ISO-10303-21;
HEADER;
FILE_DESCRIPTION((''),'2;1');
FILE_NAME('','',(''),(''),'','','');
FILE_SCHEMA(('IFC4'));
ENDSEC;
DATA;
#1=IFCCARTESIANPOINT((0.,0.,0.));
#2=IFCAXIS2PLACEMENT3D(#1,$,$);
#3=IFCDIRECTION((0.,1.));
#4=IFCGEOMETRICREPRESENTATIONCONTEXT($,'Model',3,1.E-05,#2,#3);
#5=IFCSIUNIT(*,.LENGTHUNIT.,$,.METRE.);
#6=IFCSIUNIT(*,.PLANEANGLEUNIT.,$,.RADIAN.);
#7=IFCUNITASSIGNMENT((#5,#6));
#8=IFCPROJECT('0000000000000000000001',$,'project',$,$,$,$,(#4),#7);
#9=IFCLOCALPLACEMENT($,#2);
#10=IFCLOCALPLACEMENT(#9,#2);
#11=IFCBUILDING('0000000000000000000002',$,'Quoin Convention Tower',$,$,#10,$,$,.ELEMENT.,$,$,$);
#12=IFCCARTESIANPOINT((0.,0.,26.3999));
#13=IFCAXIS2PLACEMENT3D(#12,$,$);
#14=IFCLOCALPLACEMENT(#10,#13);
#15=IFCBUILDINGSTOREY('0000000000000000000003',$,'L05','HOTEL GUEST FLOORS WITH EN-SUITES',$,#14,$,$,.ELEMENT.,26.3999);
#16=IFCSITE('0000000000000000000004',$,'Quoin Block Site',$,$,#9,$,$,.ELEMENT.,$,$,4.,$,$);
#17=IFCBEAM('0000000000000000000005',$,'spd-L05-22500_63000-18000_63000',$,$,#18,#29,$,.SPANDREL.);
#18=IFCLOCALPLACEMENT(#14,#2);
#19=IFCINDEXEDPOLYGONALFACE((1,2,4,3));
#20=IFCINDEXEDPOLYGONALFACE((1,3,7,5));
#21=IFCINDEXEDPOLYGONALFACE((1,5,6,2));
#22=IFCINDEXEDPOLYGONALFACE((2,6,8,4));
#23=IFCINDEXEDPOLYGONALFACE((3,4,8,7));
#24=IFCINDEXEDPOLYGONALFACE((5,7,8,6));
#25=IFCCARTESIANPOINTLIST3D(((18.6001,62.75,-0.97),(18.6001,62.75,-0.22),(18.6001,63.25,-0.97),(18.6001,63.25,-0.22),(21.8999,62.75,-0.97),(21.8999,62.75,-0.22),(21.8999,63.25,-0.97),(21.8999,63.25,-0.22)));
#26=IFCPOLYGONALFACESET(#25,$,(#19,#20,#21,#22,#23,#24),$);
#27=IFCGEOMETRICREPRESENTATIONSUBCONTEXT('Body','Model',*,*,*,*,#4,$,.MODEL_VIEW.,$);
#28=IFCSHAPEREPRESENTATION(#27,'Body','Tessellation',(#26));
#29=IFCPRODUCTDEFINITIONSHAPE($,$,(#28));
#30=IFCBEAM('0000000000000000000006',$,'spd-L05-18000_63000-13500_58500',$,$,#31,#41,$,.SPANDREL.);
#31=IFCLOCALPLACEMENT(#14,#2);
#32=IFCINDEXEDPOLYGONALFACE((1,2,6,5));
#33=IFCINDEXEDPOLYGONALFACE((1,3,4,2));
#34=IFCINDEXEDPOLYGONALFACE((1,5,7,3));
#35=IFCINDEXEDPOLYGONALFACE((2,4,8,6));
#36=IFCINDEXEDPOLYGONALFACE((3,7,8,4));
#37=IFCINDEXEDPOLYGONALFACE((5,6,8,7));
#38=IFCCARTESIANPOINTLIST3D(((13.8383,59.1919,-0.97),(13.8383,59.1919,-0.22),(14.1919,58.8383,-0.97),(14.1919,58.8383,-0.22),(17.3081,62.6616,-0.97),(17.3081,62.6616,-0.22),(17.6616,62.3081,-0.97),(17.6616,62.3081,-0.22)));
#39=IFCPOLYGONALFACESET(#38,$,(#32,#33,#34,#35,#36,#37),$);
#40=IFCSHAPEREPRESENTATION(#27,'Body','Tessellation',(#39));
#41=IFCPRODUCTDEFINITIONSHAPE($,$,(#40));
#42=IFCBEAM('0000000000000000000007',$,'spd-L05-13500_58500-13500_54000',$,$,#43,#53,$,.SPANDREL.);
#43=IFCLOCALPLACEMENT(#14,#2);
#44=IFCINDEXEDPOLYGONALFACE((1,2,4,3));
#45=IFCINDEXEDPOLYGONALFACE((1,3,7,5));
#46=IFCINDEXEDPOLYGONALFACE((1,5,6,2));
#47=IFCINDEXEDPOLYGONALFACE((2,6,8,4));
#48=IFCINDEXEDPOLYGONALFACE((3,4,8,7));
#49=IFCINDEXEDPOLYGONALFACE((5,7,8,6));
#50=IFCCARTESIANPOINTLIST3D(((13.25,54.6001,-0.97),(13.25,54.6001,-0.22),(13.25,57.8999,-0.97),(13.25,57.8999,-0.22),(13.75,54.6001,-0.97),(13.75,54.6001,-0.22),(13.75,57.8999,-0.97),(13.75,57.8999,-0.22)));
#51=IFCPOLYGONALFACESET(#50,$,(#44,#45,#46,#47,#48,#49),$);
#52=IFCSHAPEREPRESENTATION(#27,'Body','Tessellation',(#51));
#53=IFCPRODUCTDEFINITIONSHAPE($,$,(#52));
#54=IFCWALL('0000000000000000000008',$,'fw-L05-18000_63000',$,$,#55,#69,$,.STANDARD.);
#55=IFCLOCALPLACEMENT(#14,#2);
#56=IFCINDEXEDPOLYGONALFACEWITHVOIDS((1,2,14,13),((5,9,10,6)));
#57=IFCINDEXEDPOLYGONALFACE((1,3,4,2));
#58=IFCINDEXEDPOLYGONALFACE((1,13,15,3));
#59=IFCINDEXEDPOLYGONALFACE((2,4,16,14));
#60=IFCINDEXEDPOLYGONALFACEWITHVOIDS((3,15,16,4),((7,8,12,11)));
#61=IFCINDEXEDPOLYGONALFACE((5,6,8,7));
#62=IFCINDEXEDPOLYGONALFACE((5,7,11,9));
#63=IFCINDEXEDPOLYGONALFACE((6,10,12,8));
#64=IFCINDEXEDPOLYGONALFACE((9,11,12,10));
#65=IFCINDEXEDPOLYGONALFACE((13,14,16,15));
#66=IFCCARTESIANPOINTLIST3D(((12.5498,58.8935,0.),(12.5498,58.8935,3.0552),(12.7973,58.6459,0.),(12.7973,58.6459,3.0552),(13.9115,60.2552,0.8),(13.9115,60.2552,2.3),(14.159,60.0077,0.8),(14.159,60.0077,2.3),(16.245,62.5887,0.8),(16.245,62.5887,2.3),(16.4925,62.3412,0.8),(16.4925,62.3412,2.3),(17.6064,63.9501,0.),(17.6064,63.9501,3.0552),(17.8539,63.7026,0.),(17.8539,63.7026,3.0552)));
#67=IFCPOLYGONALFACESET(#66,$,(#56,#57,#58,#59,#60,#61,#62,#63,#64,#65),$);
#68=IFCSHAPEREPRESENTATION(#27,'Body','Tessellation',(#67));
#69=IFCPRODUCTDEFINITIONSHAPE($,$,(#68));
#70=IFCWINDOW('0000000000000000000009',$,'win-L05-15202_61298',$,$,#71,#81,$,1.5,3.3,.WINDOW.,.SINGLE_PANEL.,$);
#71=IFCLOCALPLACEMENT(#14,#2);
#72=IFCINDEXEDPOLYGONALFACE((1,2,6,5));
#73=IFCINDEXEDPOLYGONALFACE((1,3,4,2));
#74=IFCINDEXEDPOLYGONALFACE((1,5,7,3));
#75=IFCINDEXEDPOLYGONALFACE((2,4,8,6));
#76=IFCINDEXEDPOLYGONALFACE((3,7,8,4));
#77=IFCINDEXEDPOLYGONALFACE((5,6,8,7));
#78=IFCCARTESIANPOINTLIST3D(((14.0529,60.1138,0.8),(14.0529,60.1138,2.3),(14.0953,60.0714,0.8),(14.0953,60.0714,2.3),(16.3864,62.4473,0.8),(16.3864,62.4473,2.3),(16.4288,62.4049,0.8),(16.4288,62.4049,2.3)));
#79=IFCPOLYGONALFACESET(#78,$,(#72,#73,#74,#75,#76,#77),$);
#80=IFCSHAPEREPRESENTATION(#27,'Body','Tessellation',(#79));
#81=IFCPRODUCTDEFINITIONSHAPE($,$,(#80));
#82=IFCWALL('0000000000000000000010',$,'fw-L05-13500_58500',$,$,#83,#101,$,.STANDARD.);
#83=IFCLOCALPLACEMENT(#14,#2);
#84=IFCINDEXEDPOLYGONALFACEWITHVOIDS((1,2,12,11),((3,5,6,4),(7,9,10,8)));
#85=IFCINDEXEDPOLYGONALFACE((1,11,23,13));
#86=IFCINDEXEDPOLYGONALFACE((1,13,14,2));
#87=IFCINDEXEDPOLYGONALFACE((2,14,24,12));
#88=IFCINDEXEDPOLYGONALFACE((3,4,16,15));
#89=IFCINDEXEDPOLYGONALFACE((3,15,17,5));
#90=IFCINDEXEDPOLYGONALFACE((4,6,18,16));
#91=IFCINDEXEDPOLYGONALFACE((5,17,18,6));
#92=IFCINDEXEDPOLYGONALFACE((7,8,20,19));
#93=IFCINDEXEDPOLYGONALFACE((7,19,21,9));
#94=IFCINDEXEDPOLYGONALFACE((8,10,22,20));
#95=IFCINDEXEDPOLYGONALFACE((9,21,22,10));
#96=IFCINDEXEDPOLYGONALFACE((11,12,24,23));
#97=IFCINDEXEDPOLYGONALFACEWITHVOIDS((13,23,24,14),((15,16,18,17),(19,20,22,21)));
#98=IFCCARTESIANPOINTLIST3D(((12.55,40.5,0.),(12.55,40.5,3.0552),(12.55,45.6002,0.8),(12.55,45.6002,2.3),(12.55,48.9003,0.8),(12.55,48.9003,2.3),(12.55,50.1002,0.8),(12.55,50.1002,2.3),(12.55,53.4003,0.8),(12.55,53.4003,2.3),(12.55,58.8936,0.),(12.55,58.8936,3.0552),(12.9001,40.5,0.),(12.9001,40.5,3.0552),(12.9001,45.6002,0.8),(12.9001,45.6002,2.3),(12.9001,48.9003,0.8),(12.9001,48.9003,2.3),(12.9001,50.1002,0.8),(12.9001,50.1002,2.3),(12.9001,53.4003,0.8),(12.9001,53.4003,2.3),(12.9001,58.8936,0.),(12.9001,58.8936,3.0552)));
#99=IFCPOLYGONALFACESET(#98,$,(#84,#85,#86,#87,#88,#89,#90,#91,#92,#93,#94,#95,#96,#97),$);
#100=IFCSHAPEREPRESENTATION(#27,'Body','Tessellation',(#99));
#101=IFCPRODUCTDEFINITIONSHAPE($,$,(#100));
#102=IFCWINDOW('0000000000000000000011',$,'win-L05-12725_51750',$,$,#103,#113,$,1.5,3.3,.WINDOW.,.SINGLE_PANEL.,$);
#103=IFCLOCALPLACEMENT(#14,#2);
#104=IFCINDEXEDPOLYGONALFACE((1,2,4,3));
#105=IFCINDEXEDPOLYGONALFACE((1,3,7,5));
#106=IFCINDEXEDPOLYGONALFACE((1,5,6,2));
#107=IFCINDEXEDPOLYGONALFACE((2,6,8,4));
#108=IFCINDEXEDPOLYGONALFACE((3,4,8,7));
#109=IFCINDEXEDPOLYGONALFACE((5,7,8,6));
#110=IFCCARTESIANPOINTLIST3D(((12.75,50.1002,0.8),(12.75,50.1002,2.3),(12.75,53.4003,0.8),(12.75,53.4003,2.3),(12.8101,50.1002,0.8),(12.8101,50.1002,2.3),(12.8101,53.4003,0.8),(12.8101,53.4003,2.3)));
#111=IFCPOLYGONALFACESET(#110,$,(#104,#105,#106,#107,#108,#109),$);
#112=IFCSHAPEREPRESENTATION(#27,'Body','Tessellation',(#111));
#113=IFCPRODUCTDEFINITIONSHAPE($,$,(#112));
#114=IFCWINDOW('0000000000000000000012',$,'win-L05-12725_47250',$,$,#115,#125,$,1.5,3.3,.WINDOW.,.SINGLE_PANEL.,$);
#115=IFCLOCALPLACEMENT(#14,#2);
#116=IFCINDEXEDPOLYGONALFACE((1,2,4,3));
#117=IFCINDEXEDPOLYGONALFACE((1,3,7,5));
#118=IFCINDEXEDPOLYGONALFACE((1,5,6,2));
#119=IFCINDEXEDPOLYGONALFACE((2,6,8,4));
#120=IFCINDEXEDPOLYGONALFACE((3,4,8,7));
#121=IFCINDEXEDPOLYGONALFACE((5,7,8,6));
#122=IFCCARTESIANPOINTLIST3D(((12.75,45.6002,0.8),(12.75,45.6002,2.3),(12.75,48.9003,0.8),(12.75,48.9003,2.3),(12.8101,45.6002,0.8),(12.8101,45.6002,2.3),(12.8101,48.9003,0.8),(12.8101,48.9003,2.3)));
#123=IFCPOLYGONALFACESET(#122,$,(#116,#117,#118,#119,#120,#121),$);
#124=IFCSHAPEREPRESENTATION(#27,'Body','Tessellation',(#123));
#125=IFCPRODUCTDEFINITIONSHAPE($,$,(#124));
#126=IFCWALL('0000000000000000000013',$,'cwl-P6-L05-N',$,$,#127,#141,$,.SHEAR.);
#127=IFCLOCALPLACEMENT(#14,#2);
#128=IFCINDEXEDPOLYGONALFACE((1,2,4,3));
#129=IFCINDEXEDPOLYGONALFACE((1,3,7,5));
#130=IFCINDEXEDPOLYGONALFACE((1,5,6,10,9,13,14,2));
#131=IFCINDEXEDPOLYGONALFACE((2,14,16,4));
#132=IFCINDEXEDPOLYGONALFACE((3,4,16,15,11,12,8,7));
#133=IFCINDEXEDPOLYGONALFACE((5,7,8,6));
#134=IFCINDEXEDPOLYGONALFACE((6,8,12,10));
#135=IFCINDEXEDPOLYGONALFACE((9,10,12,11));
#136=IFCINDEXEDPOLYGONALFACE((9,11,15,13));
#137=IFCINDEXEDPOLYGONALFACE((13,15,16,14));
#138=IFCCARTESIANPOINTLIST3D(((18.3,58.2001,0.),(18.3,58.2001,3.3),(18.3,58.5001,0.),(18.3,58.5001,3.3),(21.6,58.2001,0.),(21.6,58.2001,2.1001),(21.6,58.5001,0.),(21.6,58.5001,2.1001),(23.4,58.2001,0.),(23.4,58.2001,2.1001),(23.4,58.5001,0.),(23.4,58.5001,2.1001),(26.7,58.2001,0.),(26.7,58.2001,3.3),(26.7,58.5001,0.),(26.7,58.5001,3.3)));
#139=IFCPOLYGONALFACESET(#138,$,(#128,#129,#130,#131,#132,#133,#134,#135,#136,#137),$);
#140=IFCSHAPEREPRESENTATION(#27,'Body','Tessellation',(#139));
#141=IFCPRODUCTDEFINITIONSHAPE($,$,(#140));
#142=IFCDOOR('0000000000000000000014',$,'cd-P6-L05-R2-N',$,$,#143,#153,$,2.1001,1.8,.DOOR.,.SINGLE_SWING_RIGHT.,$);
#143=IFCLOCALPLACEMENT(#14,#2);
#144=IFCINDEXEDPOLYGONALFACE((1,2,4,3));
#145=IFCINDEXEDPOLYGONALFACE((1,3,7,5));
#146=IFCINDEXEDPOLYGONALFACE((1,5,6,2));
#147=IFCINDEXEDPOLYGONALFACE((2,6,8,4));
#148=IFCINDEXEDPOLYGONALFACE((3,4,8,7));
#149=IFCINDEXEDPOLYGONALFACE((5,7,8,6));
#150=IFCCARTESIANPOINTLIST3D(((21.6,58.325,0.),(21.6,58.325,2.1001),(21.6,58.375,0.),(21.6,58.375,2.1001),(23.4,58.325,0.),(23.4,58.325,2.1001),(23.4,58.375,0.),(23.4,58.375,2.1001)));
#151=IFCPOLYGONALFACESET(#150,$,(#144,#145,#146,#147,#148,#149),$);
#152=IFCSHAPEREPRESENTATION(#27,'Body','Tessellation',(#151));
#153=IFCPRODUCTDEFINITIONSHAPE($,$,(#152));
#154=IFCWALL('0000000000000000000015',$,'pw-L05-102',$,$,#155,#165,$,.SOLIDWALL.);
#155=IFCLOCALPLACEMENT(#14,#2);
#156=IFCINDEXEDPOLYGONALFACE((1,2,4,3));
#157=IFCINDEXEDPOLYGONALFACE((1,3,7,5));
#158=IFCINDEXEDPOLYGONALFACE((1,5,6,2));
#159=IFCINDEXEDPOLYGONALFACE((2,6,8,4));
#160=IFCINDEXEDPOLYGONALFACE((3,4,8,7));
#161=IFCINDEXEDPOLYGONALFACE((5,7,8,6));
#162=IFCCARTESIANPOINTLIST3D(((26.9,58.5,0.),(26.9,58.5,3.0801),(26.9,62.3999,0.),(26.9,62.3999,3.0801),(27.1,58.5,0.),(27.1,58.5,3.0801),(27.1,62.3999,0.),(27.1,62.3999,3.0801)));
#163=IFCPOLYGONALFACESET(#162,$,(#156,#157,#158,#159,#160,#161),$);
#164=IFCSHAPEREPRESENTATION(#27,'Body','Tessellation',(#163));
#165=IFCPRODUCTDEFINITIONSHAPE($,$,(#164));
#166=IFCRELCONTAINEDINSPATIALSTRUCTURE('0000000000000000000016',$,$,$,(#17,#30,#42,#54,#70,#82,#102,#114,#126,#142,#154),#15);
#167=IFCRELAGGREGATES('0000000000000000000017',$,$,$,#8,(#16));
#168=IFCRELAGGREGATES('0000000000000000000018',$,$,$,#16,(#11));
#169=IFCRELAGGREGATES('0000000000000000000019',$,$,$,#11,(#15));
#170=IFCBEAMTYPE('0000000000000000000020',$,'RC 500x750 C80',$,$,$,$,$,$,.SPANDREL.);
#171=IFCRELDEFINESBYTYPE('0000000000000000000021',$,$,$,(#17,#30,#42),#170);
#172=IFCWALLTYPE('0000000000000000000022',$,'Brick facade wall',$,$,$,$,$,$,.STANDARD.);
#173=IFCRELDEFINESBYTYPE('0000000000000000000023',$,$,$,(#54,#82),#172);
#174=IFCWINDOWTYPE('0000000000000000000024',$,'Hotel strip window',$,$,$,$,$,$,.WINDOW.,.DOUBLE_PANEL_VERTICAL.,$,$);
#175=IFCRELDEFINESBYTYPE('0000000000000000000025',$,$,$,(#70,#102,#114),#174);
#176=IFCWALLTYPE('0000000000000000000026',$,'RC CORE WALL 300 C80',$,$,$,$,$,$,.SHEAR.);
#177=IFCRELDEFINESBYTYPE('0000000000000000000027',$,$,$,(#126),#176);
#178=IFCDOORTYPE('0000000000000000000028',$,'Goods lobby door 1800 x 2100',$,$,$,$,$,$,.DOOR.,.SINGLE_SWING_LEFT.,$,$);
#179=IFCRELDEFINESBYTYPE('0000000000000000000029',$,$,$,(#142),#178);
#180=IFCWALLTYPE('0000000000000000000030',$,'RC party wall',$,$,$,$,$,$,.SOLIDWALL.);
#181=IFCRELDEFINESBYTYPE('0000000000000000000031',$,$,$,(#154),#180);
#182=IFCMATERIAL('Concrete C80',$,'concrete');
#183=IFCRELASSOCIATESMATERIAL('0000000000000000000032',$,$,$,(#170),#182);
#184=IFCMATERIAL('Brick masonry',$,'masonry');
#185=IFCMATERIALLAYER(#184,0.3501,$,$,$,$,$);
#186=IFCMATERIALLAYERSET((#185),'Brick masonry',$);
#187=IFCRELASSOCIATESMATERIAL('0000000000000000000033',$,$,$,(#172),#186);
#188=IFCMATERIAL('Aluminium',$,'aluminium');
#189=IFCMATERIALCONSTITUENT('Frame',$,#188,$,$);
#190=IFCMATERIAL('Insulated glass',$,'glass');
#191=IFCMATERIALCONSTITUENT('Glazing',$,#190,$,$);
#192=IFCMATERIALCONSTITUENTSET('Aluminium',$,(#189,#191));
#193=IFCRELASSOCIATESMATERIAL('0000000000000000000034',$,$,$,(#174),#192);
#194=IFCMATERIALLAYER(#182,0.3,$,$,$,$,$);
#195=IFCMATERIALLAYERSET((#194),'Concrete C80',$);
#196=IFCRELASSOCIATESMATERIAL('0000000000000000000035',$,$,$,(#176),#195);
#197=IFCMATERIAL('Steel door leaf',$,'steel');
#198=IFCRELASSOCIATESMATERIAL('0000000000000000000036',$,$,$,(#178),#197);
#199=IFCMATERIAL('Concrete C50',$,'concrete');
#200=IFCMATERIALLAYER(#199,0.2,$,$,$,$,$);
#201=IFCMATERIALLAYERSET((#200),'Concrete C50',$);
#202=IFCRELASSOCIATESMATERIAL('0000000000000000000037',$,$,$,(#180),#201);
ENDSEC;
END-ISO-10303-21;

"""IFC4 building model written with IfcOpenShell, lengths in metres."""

from ifc_helpers import new_model, si_unit, direction, frame, frame_2d, origin, origin_2d, place, context, subcontext, project, spatial, rectangle, extrude, material, layer, layer_set, constituent, constituent_set, material_profile, profile_set, type_object, element, fill, save


model = new_model("IFC4")

# Units and contexts
model_context = context("Model", 3, precision=1e-05, world=origin(), true_north=direction((0.0, 1.0)))
body_context = subcontext(model_context, "Body", "Model", "MODEL_VIEW")
ifc_project = project(units=[si_unit("LENGTHUNIT", "METRE"), si_unit("PLANEANGLEUNIT", "RADIAN")], contexts=[model_context])

# Site, building, storey
site_placement = place(None, origin())
site = spatial("IfcSite", under=ifc_project, at=site_placement, Name="Quoin Block Site", CompositionType="ELEMENT", RefElevation=4.0)
building_placement = place(site_placement, origin())
building = spatial("IfcBuilding", under=site, at=building_placement, Name="Quoin Convention Tower", CompositionType="ELEMENT")
storey_placement = place(building_placement, frame((0.0, 0.0, 26.3999)))
storey = spatial("IfcBuildingStorey", under=building, at=storey_placement, Name="L05", Description="HOTEL GUEST FLOORS WITH EN-SUITES", CompositionType="ELEMENT", Elevation=26.3999)

# Shared definitions
ifc_material_1 = material(Name="Concrete C80", Category="concrete")

# Beams
ifc_material_profile_1 = material_profile(ifc_material_1, rectangle(XDim=0.5, YDim=0.75, at=origin_2d()), Name="RC 500x750")
ifc_profile_set_1 = profile_set([ifc_material_profile_1], Name="Concrete C80")
beam_type = type_object("IfcBeamType", Name="RC 500x750 C80", PredefinedType="SPANDREL", material=ifc_profile_set_1)
for number, where, z_axis, x_axis, name in (
    (1, (21.8999, 63.0, -0.595), (-1.0, 0.0, 0.0), (0.0, -1.0, 0.0), "spd-L05-22500_63000-18000_63000"),
):
    element("IfcBeam", number, at=place(storey_placement, frame(where, z_axis=z_axis, x_axis=x_axis)), inside=storey, type_object=beam_type, Name=name, PredefinedType="SPANDREL", context=body_context, shape_type="SweptSolid", body=[
        extrude(rectangle(XDim=0.5, YDim=0.75, at=origin_2d()), origin(), (0.0, 0.0, 1.0), 3.2998),
    ])
beam_1_placement = place(storey_placement, frame((17.4849, 62.4849, -0.595), z_axis=(-0.707107, -0.707107, 0.0), x_axis=(0.707107, -0.707107, 0.0)))
element("IfcBeam", 2, at=beam_1_placement, inside=storey, type_object=beam_type, Name="spd-L05-18000_63000-13500_58500", PredefinedType="SPANDREL", context=body_context, shape_type="SweptSolid", body=[
    extrude(rectangle(XDim=0.5, YDim=0.75, at=origin_2d()), origin(), (0.0, 0.0, 1.0), 4.907),
])
beam_2_placement = place(storey_placement, frame((13.5, 57.8999, -0.595), z_axis=(0.0, -1.0, 0.0), x_axis=(1.0, 0.0, 0.0)))
element("IfcBeam", 3, at=beam_2_placement, inside=storey, type_object=beam_type, Name="spd-L05-13500_58500-13500_54000", PredefinedType="SPANDREL", context=body_context, shape_type="SweptSolid", body=[
    extrude(rectangle(XDim=0.5, YDim=0.75, at=origin_2d()), origin(), (0.0, 0.0, 1.0), 3.2998),
])

# Wall, opening, window
ifc_material_2 = material(Name="Brick masonry", Category="masonry")
ifc_layer_1 = layer(ifc_material_2, 0.3501)
ifc_layer_set_1 = layer_set([ifc_layer_1], Name="Brick masonry")
wall_type_1 = type_object("IfcWallType", Name="Brick facade wall", PredefinedType="STANDARD", material=ifc_layer_set_1)
wall_1_placement = place(storey_placement, frame((17.7302, 63.8264, 0.0), z_axis=(0.0, 0.0, 1.0), x_axis=(-0.707107, -0.707107, 0.0)))
wall_1 = element("IfcWall", 4, at=wall_1_placement, inside=storey, type_object=wall_type_1, Name="fw-L05-18000_63000", PredefinedType="STANDARD", context=body_context, shape_type="SweptSolid", body=[
    extrude(rectangle(XDim=7.1511, YDim=0.3501, at=frame_2d((3.5757, 0.0))), origin(), (0.0, 0.0, 1.0), 3.0552),
])
opening_1_placement = place(wall_1_placement, frame((1.9255, 0.0, 0.8)))
opening_1 = element("IfcOpeningElement", 5, at=opening_1_placement, cuts=wall_1, PredefinedType="OPENING", context=body_context, shape_type="SweptSolid", body=[
    extrude(rectangle(XDim=3.3, YDim=1.5, at=frame_2d((1.6499, 0.75))), frame((0.0, 0.1851, 0.0), z_axis=(0.0, -1.0, 0.0), x_axis=(1.0, 0.0, 0.0)), (0.0, 0.0, 1.0), 0.3701),
])
ifc_material_3 = material(Name="Aluminium", Category="aluminium")
ifc_constituent_1 = constituent(ifc_material_3, Name="Frame")
ifc_material_4 = material(Name="Insulated glass", Category="glass")
ifc_constituent_2 = constituent(ifc_material_4, Name="Glazing")
ifc_constituent_set = constituent_set(constituents=[ifc_constituent_1, ifc_constituent_2], Name="Aluminium")
window_type = type_object("IfcWindowType", Name="Hotel strip window", PartitioningType="DOUBLE_PANEL_VERTICAL", PredefinedType="WINDOW", material=ifc_constituent_set)
window_1_placement = place(opening_1_placement, origin())
window_1 = element("IfcWindow", 6, at=window_1_placement, inside=storey, type_object=window_type, Name="win-L05-15202_61298", OverallHeight=1.5, OverallWidth=3.3, PartitioningType="SINGLE_PANEL", PredefinedType="WINDOW", context=body_context, shape_type="SweptSolid", body=[
    extrude(rectangle(XDim=3.3, YDim=1.5, at=frame_2d((1.6499, 0.75))), frame((0.0, 0.085, 0.0), z_axis=(0.0, -1.0, 0.0), x_axis=(1.0, 0.0, 0.0)), (0.0, 0.0, 1.0), 0.0601),
])
fill(opening_1, window_1)

# Wall, openings, windows
wall_2_placement = place(storey_placement, frame((12.7251, 58.8936, 0.0), z_axis=(0.0, 0.0, 1.0), x_axis=(0.0, -1.0, 0.0)))
wall_2 = element("IfcWall", 7, at=wall_2_placement, inside=storey, type_object=wall_type_1, Name="fw-L05-13500_58500", PredefinedType="STANDARD", context=body_context, shape_type="SweptSolid", body=[
    extrude(rectangle(XDim=18.3936, YDim=0.3501, at=frame_2d((9.1968, 0.0))), origin(), (0.0, 0.0, 1.0), 3.0552),
])
opening_2_placement = place(wall_2_placement, frame((5.4934, 0.0, 0.8)))
opening_2 = element("IfcOpeningElement", 8, at=opening_2_placement, cuts=wall_2, PredefinedType="OPENING", context=body_context, shape_type="SweptSolid", body=[
    extrude(rectangle(XDim=3.3, YDim=1.5, at=frame_2d((1.6499, 0.75))), frame((0.0, 0.1851, 0.0), z_axis=(0.0, -1.0, 0.0), x_axis=(1.0, 0.0, 0.0)), (0.0, 0.0, 1.0), 0.3701),
])
opening_3_placement = place(wall_2_placement, frame((9.9934, 0.0, 0.8)))
opening_3 = element("IfcOpeningElement", 9, at=opening_3_placement, cuts=wall_2, PredefinedType="OPENING", context=body_context, shape_type="SweptSolid", body=[
    extrude(rectangle(XDim=3.3, YDim=1.5, at=frame_2d((1.6499, 0.75))), frame((0.0, 0.1851, 0.0), z_axis=(0.0, -1.0, 0.0), x_axis=(1.0, 0.0, 0.0)), (0.0, 0.0, 1.0), 0.3701),
])
window_2_placement = place(opening_2_placement, origin())
window_2 = element("IfcWindow", 10, at=window_2_placement, inside=storey, type_object=window_type, Name="win-L05-12725_51750", OverallHeight=1.5, OverallWidth=3.3, PartitioningType="SINGLE_PANEL", PredefinedType="WINDOW", context=body_context, shape_type="SweptSolid", body=[
    extrude(rectangle(XDim=3.3, YDim=1.5, at=frame_2d((1.6499, 0.75))), frame((0.0, 0.085, 0.0), z_axis=(0.0, -1.0, 0.0), x_axis=(1.0, 0.0, 0.0)), (0.0, 0.0, 1.0), 0.0601),
])
fill(opening_2, window_2)
window_3_placement = place(opening_3_placement, origin())
window_3 = element("IfcWindow", 11, at=window_3_placement, inside=storey, type_object=window_type, Name="win-L05-12725_47250", OverallHeight=1.5, OverallWidth=3.3, PartitioningType="SINGLE_PANEL", PredefinedType="WINDOW", context=body_context, shape_type="SweptSolid", body=[
    extrude(rectangle(XDim=3.3, YDim=1.5, at=frame_2d((1.6499, 0.75))), frame((0.0, 0.085, 0.0), z_axis=(0.0, -1.0, 0.0), x_axis=(1.0, 0.0, 0.0)), (0.0, 0.0, 1.0), 0.0601),
])
fill(opening_3, window_3)

# Wall, opening, door
ifc_layer_2 = layer(ifc_material_1, 0.3)
ifc_layer_set_2 = layer_set([ifc_layer_2], Name="Concrete C80")
wall_type_2 = type_object("IfcWallType", Name="RC CORE WALL 300 C80", PredefinedType="SHEAR", material=ifc_layer_set_2)
wall_3_placement = place(storey_placement, frame((18.3, 58.3501, 0.0), z_axis=(0.0, 0.0, 1.0), x_axis=(1.0, 0.0, 0.0)))
wall_3 = element("IfcWall", 12, at=wall_3_placement, inside=storey, type_object=wall_type_2, Name="cwl-P6-L05-N", PredefinedType="SHEAR", context=body_context, shape_type="SweptSolid", body=[
    extrude(rectangle(XDim=8.3999, YDim=0.3, at=frame_2d((4.2, 0.0))), origin(), (0.0, 0.0, 1.0), 3.3),
])
opening_4_placement = place(wall_3_placement, frame((3.3, 0.0, 0.0)))
opening_4 = element("IfcOpeningElement", 13, at=opening_4_placement, cuts=wall_3, PredefinedType="OPENING", context=body_context, shape_type="SweptSolid", body=[
    extrude(rectangle(XDim=1.8, YDim=2.1001, at=frame_2d((0.8999, 1.05))), frame((0.0, 0.1599, 0.0), z_axis=(0.0, -1.0, 0.0), x_axis=(1.0, 0.0, 0.0)), (0.0, 0.0, 1.0), 0.3201),
])
ifc_material_5 = material(Name="Steel door leaf", Category="steel")
door_type = type_object("IfcDoorType", Name="Goods lobby door 1800 x 2100", OperationType="SINGLE_SWING_LEFT", PredefinedType="DOOR", material=ifc_material_5)
door_placement = place(opening_4_placement, origin())
door = element("IfcDoor", 14, at=door_placement, inside=storey, type_object=door_type, Name="cd-P6-L05-R2-N", OperationType="SINGLE_SWING_RIGHT", OverallHeight=2.1001, OverallWidth=1.8, PredefinedType="DOOR", context=body_context, shape_type="SweptSolid", body=[
    extrude(rectangle(XDim=1.8, YDim=2.1001, at=frame_2d((0.8999, 1.05))), frame((0.0, 0.0249, 0.0), z_axis=(0.0, -1.0, 0.0), x_axis=(1.0, 0.0, 0.0)), (0.0, 0.0, 1.0), 0.05),
])
fill(opening_4, door)

# Wall
ifc_material_6 = material(Name="Concrete C50", Category="concrete")
ifc_layer_3 = layer(ifc_material_6, 0.2)
ifc_layer_set_3 = layer_set([ifc_layer_3], Name="Concrete C50")
wall_type_3 = type_object("IfcWallType", Name="RC party wall", PredefinedType="SOLIDWALL", material=ifc_layer_set_3)
wall_4_placement = place(storey_placement, frame((27.0, 58.5, 0.0), z_axis=(0.0, 0.0, 1.0), x_axis=(0.0, 1.0, 0.0)))
element("IfcWall", 15, at=wall_4_placement, inside=storey, type_object=wall_type_3, Name="pw-L05-102", PredefinedType="SOLIDWALL", context=body_context, shape_type="SweptSolid", body=[
    extrude(rectangle(XDim=3.8999, YDim=0.2, at=frame_2d((1.95, 0.0))), origin(), (0.0, 0.0, 1.0), 3.0801),
])

save(model, "model.ifc")
